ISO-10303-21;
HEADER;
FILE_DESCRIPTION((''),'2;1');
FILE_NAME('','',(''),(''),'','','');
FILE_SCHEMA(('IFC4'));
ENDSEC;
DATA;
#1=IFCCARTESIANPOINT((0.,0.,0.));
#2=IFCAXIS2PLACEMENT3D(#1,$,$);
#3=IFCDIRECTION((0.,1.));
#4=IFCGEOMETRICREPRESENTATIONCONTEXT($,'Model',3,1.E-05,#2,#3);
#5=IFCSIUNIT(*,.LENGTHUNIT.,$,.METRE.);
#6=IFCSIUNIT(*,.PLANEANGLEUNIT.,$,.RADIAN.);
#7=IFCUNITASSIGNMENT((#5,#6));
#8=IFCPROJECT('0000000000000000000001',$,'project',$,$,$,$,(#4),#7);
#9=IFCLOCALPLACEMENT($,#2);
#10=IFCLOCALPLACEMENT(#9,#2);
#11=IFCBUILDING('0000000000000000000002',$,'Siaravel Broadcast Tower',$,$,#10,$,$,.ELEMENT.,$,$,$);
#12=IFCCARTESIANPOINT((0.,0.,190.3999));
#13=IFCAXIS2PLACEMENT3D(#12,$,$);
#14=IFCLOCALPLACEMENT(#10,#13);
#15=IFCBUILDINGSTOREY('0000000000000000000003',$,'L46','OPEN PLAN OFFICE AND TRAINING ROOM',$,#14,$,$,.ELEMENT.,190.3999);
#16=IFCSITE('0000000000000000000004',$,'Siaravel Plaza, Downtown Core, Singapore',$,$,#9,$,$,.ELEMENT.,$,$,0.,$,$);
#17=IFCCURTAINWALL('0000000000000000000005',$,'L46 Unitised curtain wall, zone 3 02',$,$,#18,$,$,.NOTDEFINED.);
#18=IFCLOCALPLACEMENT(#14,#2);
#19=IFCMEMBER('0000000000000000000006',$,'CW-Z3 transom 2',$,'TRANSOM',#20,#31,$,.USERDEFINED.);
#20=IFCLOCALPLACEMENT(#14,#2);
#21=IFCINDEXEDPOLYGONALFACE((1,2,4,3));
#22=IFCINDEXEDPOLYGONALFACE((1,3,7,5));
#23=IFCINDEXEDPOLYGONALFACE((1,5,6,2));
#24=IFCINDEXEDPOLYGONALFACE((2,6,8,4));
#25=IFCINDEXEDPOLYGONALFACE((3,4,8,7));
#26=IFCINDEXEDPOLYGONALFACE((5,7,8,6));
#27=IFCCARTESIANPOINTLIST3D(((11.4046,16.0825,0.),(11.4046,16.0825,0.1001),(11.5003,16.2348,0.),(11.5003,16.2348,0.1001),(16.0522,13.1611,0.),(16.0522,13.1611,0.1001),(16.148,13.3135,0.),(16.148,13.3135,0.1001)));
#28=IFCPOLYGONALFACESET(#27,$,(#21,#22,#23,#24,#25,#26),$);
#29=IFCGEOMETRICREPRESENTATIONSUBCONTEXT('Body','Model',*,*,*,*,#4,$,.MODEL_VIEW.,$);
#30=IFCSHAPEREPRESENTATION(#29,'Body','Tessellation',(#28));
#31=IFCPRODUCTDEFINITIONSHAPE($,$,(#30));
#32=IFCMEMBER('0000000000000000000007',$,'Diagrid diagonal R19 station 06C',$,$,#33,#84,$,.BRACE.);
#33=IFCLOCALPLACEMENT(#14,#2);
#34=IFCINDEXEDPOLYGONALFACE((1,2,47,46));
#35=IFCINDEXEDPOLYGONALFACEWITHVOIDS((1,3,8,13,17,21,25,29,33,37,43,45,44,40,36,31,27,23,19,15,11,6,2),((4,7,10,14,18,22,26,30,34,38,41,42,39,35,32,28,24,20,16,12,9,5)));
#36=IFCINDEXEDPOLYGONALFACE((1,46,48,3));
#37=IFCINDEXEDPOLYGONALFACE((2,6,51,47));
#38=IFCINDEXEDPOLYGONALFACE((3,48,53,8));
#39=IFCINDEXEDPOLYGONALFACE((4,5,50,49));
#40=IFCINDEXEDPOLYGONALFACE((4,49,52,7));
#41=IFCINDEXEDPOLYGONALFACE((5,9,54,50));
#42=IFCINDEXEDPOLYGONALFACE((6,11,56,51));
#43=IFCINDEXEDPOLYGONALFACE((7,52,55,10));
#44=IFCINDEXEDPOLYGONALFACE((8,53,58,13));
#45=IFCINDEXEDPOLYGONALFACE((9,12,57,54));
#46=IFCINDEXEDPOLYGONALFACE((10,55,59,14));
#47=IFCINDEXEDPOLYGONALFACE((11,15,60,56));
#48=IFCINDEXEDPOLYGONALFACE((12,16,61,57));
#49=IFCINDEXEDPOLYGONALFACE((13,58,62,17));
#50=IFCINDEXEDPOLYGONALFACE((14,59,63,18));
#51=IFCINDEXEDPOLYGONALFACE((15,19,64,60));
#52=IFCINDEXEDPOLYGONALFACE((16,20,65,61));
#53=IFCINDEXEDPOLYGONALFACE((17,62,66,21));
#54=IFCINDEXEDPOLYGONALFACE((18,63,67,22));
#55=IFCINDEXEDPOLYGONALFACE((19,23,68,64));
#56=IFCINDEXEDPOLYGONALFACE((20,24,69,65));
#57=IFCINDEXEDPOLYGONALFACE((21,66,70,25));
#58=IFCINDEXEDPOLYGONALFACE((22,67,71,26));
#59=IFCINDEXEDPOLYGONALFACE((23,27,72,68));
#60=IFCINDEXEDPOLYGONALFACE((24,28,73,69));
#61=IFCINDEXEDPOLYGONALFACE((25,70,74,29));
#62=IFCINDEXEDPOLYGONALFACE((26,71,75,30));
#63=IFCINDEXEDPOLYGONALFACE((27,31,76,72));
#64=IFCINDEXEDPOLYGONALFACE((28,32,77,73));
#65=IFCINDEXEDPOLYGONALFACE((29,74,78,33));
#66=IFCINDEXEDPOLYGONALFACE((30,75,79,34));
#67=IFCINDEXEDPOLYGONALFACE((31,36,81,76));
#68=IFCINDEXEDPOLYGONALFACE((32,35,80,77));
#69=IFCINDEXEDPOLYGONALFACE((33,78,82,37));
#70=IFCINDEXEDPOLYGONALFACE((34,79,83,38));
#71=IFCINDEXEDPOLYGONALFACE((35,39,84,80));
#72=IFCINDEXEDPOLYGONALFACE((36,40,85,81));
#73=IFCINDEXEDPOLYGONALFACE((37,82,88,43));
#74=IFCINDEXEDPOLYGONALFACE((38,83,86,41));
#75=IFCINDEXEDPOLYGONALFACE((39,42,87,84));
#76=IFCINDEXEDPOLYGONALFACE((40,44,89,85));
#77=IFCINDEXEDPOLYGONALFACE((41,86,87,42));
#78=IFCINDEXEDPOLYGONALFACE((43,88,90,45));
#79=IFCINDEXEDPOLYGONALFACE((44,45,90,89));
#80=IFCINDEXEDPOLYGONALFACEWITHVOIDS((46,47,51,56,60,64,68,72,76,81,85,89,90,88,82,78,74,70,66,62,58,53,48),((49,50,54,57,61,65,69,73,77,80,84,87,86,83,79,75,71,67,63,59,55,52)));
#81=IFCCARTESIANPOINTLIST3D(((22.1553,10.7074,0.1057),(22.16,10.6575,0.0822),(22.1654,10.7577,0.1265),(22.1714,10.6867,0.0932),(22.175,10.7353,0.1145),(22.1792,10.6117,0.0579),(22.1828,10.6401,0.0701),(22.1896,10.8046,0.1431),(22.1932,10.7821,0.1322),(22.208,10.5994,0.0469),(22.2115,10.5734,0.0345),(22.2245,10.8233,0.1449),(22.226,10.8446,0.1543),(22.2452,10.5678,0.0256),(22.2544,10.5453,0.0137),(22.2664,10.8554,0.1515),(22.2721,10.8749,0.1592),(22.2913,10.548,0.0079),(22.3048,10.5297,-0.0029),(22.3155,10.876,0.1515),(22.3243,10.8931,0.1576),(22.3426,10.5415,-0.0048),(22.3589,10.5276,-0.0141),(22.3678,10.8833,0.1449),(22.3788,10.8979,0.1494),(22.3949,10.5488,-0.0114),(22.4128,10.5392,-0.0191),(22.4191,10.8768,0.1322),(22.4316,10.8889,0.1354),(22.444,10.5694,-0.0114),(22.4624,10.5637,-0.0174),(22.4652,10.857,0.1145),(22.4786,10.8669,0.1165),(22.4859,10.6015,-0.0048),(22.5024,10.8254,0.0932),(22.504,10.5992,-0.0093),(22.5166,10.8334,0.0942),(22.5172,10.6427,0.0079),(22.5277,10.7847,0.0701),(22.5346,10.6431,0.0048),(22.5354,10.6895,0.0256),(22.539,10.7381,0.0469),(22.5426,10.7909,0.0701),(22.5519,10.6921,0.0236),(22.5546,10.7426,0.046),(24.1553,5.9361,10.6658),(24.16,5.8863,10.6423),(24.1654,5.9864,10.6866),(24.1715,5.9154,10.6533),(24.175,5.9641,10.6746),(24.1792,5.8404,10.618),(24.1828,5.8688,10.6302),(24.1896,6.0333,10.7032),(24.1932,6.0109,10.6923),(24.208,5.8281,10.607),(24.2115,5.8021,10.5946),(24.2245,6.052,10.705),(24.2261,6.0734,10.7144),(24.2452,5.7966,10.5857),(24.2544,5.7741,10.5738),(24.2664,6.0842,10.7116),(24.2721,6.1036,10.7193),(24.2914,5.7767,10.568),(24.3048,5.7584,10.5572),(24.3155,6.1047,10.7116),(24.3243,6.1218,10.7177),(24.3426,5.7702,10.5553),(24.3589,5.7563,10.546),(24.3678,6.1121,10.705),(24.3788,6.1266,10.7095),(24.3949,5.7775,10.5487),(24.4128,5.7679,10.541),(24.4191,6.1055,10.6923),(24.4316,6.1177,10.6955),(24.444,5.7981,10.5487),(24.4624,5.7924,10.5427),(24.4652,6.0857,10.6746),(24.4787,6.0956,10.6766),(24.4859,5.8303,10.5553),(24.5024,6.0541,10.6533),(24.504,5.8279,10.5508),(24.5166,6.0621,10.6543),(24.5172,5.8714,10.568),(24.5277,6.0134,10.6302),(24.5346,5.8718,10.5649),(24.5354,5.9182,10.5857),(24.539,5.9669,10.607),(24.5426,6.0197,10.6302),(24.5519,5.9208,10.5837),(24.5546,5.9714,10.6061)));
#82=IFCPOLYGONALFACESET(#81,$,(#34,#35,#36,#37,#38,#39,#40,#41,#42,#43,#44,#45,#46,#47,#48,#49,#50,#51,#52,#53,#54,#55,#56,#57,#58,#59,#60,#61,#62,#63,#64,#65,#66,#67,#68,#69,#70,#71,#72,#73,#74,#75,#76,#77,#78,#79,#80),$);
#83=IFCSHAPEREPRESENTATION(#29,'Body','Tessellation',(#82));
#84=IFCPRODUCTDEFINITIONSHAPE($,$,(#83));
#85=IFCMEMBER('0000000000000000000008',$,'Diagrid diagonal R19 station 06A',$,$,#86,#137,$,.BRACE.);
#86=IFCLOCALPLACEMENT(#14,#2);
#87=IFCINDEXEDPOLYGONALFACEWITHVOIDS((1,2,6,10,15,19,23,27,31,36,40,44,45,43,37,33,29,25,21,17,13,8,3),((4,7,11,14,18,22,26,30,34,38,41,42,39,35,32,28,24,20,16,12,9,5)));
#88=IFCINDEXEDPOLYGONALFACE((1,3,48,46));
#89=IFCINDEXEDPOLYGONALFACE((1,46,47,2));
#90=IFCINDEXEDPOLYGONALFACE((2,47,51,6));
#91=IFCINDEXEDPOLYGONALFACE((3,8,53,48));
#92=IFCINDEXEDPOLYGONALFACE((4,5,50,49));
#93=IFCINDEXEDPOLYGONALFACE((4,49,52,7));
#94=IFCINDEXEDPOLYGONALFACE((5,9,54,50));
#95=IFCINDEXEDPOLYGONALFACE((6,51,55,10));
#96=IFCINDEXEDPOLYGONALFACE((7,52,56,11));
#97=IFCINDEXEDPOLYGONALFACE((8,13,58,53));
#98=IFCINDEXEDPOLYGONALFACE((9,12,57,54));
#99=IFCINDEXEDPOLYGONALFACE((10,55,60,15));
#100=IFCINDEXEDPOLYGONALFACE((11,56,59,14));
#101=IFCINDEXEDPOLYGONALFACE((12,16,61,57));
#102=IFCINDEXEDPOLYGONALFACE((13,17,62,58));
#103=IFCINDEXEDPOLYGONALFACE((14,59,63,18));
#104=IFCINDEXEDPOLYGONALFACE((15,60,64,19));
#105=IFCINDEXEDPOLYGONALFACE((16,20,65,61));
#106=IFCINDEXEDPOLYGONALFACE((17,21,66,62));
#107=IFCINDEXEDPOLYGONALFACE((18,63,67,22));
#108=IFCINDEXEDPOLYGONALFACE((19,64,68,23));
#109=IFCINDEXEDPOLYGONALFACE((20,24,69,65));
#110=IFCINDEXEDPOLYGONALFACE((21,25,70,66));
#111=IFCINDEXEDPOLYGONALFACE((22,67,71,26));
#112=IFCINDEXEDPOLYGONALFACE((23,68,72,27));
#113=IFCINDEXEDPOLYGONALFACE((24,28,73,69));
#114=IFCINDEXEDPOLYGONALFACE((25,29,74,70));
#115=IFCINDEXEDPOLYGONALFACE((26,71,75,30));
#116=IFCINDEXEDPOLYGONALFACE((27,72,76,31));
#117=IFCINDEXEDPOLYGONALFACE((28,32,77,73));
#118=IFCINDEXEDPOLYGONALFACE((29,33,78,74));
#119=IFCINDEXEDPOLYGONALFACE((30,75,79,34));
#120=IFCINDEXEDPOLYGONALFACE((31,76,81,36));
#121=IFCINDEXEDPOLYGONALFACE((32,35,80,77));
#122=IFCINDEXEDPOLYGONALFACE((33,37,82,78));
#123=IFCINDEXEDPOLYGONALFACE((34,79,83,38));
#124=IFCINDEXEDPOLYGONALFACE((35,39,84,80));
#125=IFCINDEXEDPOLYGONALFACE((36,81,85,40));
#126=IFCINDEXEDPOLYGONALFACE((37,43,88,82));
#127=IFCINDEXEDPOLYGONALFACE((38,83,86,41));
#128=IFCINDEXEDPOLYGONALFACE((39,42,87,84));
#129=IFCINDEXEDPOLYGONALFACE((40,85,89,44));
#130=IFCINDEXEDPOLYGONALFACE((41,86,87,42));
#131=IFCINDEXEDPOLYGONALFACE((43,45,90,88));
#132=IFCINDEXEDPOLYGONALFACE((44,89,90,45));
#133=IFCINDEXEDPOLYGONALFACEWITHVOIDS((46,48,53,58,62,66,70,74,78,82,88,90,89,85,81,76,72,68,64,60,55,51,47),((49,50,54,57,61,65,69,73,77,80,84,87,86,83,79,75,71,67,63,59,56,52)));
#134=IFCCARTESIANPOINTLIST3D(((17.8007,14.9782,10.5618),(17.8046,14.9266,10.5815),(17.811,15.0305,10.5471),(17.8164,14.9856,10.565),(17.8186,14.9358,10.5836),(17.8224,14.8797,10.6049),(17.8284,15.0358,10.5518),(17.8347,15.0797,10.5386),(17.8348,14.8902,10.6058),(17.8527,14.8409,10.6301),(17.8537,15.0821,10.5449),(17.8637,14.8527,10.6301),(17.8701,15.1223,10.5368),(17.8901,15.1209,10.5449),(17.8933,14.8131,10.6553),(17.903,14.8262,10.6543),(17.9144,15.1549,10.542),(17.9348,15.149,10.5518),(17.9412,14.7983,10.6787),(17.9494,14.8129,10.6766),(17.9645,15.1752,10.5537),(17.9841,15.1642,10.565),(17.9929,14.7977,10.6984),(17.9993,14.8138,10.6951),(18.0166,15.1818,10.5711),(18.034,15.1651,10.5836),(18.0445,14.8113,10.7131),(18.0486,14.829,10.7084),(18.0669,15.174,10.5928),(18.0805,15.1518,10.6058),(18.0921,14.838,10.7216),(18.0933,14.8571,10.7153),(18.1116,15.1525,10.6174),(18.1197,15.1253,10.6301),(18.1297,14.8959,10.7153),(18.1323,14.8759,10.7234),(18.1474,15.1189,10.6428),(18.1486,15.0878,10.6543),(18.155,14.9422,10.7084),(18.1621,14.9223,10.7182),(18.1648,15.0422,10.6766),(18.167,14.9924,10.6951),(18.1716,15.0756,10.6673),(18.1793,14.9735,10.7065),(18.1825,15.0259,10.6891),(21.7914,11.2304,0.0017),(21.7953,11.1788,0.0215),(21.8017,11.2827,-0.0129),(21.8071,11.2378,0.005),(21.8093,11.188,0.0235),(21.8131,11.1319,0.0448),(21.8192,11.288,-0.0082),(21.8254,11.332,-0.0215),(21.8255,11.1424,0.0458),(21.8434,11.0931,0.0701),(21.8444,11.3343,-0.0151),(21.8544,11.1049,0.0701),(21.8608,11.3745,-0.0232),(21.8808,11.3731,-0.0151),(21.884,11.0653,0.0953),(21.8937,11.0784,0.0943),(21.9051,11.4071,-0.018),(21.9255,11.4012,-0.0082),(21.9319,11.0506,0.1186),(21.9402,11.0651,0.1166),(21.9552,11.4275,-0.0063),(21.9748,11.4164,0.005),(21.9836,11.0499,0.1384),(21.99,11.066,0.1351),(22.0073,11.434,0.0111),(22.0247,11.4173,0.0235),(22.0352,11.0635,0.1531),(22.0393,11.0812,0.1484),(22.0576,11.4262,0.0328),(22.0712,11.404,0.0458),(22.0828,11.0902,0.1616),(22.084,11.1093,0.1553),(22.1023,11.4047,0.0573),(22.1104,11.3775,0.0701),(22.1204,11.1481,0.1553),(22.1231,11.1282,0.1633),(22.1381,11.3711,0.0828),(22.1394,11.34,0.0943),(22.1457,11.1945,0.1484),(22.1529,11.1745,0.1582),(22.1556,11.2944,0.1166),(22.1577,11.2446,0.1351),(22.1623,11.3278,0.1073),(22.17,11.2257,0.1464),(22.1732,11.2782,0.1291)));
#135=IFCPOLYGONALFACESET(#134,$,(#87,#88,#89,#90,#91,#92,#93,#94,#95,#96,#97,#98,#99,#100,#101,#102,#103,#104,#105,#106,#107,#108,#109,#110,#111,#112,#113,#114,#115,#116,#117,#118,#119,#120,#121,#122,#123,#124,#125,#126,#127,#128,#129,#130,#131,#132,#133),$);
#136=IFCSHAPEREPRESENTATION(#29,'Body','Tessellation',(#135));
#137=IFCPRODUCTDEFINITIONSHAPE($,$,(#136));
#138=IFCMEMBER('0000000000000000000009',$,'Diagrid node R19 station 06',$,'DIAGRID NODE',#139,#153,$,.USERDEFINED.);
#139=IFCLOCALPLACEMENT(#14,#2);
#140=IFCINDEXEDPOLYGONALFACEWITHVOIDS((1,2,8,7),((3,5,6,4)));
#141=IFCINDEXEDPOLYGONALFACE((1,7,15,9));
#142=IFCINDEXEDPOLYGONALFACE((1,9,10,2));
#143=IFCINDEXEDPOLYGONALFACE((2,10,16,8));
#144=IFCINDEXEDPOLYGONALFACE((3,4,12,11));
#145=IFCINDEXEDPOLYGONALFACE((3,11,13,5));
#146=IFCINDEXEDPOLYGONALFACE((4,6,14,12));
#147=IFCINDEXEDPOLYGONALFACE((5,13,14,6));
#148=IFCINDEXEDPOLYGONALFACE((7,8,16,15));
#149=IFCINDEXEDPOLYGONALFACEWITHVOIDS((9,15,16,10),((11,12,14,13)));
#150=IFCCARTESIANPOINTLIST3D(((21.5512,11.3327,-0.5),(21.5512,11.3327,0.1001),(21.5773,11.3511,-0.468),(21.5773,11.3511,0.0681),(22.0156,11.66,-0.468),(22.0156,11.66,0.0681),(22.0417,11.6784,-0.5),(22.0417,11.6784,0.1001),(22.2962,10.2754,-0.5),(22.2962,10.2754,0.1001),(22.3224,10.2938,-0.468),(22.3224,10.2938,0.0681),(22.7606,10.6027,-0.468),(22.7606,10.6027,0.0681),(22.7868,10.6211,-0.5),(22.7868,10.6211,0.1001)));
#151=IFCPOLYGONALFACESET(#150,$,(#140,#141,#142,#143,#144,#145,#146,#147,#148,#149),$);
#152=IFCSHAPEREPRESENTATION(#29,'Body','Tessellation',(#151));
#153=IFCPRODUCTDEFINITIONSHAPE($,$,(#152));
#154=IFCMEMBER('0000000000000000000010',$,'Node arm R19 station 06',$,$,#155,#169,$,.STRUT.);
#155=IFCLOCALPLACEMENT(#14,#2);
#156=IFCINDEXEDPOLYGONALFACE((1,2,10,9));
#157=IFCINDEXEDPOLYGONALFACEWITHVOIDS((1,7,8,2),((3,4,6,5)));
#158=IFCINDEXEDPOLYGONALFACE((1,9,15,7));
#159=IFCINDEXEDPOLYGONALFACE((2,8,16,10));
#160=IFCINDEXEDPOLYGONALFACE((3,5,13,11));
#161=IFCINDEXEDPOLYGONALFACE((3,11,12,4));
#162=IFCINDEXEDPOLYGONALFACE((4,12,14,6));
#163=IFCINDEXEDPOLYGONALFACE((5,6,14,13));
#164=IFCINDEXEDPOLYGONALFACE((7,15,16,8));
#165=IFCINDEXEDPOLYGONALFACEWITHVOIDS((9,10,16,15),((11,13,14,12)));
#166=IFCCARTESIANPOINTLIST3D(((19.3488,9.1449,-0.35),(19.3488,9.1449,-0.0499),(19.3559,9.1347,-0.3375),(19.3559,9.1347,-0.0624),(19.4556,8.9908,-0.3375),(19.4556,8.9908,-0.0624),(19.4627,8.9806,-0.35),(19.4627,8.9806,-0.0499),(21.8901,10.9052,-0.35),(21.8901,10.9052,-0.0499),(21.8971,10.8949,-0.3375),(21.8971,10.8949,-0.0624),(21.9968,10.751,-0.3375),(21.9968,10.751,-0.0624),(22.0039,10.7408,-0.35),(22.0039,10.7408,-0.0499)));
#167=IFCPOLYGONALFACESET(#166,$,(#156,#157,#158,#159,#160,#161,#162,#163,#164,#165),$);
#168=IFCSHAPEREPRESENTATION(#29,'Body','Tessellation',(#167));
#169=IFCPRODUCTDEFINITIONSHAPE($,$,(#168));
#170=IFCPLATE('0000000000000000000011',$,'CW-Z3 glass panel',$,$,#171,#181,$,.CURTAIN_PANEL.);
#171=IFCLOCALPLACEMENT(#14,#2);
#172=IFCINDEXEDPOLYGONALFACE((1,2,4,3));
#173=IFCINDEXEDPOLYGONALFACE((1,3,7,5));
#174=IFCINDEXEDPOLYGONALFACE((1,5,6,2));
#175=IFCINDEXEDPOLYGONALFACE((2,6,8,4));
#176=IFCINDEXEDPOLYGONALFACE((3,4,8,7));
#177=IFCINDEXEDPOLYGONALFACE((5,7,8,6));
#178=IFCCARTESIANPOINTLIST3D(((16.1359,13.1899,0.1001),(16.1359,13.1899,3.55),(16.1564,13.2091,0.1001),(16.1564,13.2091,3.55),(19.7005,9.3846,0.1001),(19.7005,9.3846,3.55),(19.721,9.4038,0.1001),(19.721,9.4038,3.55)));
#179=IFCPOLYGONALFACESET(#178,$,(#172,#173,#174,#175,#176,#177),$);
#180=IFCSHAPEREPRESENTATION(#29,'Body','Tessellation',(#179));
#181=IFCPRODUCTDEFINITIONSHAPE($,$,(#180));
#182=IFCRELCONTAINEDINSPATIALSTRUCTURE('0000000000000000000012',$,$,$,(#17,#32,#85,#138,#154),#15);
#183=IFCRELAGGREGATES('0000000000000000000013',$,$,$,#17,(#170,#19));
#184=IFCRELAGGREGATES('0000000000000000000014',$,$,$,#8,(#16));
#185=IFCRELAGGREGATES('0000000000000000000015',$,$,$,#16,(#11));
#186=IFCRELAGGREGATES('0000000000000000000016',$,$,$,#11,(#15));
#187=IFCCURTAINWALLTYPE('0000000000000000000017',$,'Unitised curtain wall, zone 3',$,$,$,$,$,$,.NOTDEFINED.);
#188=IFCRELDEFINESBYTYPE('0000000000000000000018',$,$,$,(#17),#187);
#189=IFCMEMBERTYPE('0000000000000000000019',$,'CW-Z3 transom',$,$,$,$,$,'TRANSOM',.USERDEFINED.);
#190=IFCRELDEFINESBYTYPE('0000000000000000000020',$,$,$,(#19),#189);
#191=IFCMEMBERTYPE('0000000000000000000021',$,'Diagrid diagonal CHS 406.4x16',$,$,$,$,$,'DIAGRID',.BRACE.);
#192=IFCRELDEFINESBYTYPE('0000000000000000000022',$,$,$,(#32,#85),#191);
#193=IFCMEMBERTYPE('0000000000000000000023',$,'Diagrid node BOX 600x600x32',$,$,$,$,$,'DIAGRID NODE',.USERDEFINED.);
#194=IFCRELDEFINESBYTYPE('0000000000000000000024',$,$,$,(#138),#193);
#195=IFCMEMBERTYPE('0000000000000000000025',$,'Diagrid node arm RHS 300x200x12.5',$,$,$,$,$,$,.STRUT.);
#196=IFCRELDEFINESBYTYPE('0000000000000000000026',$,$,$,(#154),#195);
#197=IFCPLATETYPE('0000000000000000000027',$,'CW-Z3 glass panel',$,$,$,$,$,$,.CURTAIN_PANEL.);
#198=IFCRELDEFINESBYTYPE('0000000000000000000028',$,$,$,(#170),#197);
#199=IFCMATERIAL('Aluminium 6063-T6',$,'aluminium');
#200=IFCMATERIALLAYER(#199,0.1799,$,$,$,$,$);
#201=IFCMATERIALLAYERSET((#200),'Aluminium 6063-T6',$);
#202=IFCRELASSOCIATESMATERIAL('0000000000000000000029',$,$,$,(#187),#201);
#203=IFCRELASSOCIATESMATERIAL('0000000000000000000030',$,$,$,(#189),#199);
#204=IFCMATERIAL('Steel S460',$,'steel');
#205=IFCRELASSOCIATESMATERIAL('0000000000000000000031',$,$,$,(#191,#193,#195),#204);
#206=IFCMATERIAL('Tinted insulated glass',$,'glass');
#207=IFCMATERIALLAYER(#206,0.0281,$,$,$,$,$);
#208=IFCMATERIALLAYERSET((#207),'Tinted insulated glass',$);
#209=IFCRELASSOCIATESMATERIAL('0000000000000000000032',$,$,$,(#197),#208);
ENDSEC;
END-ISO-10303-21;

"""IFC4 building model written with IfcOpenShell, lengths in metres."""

from ifc_helpers import new_model, si_unit, direction, frame, origin, origin_2d, place, context, subcontext, project, spatial, rectangle, hollow_rectangle, hollow_circle, extrude, material, layer, layer_set, material_profile, profile_set, type_object, element, aggregate, save


model = new_model("IFC4")

# Units and contexts
model_context = context("Model", 3, precision=1e-05, world=origin(), true_north=direction((0.0, 1.0)))
body_context = subcontext(model_context, "Body", "Model", "MODEL_VIEW")
ifc_project = project(units=[si_unit("LENGTHUNIT", "METRE"), si_unit("PLANEANGLEUNIT", "RADIAN")], contexts=[model_context])

# Site, building, storey
site_placement = place(None, origin())
site = spatial("IfcSite", under=ifc_project, at=site_placement, Name="Siaravel Plaza, Downtown Core, Singapore", CompositionType="ELEMENT", RefElevation=0.0)
building_placement = place(site_placement, origin())
building = spatial("IfcBuilding", under=site, at=building_placement, Name="Siaravel Broadcast Tower", CompositionType="ELEMENT")
storey_placement = place(building_placement, frame((0.0, 0.0, 190.3999)))
storey = spatial("IfcBuildingStorey", under=building, at=storey_placement, Name="L46", Description="OPEN PLAN OFFICE AND TRAINING ROOM", CompositionType="ELEMENT", Elevation=190.3999)

# Shared definitions
ifc_material_1 = material(Name="Aluminium 6063-T6", Category="aluminium")
ifc_layer_1 = layer(ifc_material_1, 0.1799)
ifc_layer_set_1 = layer_set([ifc_layer_1], Name="Aluminium 6063-T6")
curtain_wall_type = type_object("IfcCurtainWallType", Name="Unitised curtain wall, zone 3", PredefinedType="NOTDEFINED", material=ifc_layer_set_1)

# Curtain wall, member
curtain_wall_1_placement = place(storey_placement, origin())
curtain_wall_1 = element("IfcCurtainWall", 1, at=curtain_wall_1_placement, inside=storey, type_object=curtain_wall_type, Name="L46 Unitised curtain wall, zone 3 02", PredefinedType="NOTDEFINED")
ifc_material_profile_1 = material_profile(ifc_material_1, rectangle(XDim=0.1799, YDim=0.1001, at=origin_2d()))
ifc_profile_set_1 = profile_set([ifc_material_profile_1], Name="Aluminium 6063-T6")
member_type_1 = type_object("IfcMemberType", Name="CW-Z3 transom", ElementType="TRANSOM", PredefinedType="USERDEFINED", material=ifc_profile_set_1)
member_1_placement = place(storey_placement, frame((16.1001, 13.2373, 0.05), z_axis=(-0.846639, 0.532168, 0.0), x_axis=(-0.532168, -0.846639, 0.0)))
member_1 = element("IfcMember", 2, at=member_1_placement, type_object=member_type_1, Name="CW-Z3 transom 2", ObjectType="TRANSOM", PredefinedType="USERDEFINED", context=body_context, shape_type="SweptSolid", body=[
    extrude(rectangle(XDim=0.1799, YDim=0.1001, at=origin_2d()), origin(), (0.0, 0.0, 1.0), 5.4895),
])

# Members
ifc_material_2 = material(Name="Steel S460", Category="steel")
ifc_material_profile_2 = material_profile(ifc_material_2, hollow_circle(Radius=0.2031, WallThickness=0.0161, at=origin_2d()))
ifc_profile_set_2 = profile_set([ifc_material_profile_2], Name="Steel S460")
member_type_2 = type_object("IfcMemberType", Name="Diagrid diagonal CHS 406.4x16", ElementType="DIAGRID", PredefinedType="BRACE", material=ifc_profile_set_2)
member_2_placement = place(storey_placement, frame((22.3552, 10.7124, 0.0701), z_axis=(0.170079, -0.405744, 0.898023), x_axis=(0.922252, 0.386588, 0.0)))
element("IfcMember", 3, at=member_2_placement, inside=storey, type_object=member_type_2, Name="Diagrid diagonal R19 station 06C", PredefinedType="BRACE", context=body_context, shape_type="SweptSolid", body=[
    extrude(hollow_circle(Radius=0.2031, WallThickness=0.0161, at=origin_2d()), origin(), (0.0, 0.0, 1.0), 11.7593),
])
member_3_placement = place(storey_placement, frame((21.9824, 11.2412, 0.0701), z_axis=(-0.335501, 0.315079, 0.887786), x_axis=(-0.684573, -0.728944, 0.0)))
element("IfcMember", 4, at=member_3_placement, inside=storey, type_object=member_type_2, Name="Diagrid diagonal R19 station 06A", PredefinedType="BRACE", context=body_context, shape_type="SweptSolid", body=[
    extrude(hollow_circle(Radius=0.2031, WallThickness=0.0161, at=origin_2d()), origin(), (0.0, 0.0, 1.0), 11.8948),
])
ifc_material_profile_3 = material_profile(ifc_material_2, hollow_rectangle(XDim=0.6001, YDim=0.6001, WallThickness=0.032, at=origin_2d()))
ifc_profile_set_3 = profile_set([ifc_material_profile_3], Name="Steel S460")
member_type_3 = type_object("IfcMemberType", Name="Diagrid node BOX 600x600x32", ElementType="DIAGRID NODE", PredefinedType="USERDEFINED", material=ifc_profile_set_3)
member_4_placement = place(storey_placement, frame((22.5415, 10.4482, -0.2), z_axis=(-0.576031, 0.817428, 0.0), x_axis=(-0.817428, -0.576031, 0.0)))
element("IfcMember", 5, at=member_4_placement, inside=storey, type_object=member_type_3, Name="Diagrid node R19 station 06", ObjectType="DIAGRID NODE", PredefinedType="USERDEFINED", context=body_context, shape_type="SweptSolid", body=[
    extrude(hollow_rectangle(XDim=0.6001, YDim=0.6001, WallThickness=0.032, at=origin_2d()), origin(), (0.0, 0.0, 1.0), 1.2935),
])
ifc_material_profile_4 = material_profile(ifc_material_2, hollow_rectangle(XDim=0.2, YDim=0.3, WallThickness=0.0125, at=origin_2d()))
ifc_profile_set_4 = profile_set([ifc_material_profile_4], Name="Steel S460")
member_type_4 = type_object("IfcMemberType", Name="Diagrid node arm RHS 300x200x12.5", PredefinedType="STRUT", material=ifc_profile_set_4)
member_5_placement = place(storey_placement, frame((19.4058, 9.0627, -0.2), z_axis=(0.822053, 0.569411, 0.0), x_axis=(-0.569411, 0.822053, 0.0)))
element("IfcMember", 6, at=member_5_placement, inside=storey, type_object=member_type_4, Name="Node arm R19 station 06", PredefinedType="STRUT", context=body_context, shape_type="SweptSolid", body=[
    extrude(hollow_rectangle(XDim=0.2, YDim=0.3, WallThickness=0.0125, at=origin_2d()), origin(), (0.0, 0.0, 1.0), 3.0913),
])

# Plate
ifc_material_3 = material(Name="Tinted insulated glass", Category="glass")
ifc_layer_2 = layer(ifc_material_3, 0.0281)
ifc_layer_set_2 = layer_set([ifc_layer_2], Name="Tinted insulated glass")
plate_type = type_object("IfcPlateType", Name="CW-Z3 glass panel", PredefinedType="CURTAIN_PANEL", material=ifc_layer_set_2)
plate_1_placement = place(storey_placement, frame((17.9285, 11.2969, 0.1001), z_axis=(0.0, 0.0, 1.0), x_axis=(-0.683655, 0.729805, 0.0)))
plate_1 = element("IfcPlate", 7, at=plate_1_placement, type_object=plate_type, Name="CW-Z3 glass panel", PredefinedType="CURTAIN_PANEL", context=body_context, shape_type="SweptSolid", body=[
    extrude(rectangle(XDim=5.2141, YDim=0.0281, at=origin_2d()), origin(), (0.0, 0.0, 1.0), 3.45),
])
aggregate(curtain_wall_1, [plate_1, member_1])

save(model, "model.ifc")
